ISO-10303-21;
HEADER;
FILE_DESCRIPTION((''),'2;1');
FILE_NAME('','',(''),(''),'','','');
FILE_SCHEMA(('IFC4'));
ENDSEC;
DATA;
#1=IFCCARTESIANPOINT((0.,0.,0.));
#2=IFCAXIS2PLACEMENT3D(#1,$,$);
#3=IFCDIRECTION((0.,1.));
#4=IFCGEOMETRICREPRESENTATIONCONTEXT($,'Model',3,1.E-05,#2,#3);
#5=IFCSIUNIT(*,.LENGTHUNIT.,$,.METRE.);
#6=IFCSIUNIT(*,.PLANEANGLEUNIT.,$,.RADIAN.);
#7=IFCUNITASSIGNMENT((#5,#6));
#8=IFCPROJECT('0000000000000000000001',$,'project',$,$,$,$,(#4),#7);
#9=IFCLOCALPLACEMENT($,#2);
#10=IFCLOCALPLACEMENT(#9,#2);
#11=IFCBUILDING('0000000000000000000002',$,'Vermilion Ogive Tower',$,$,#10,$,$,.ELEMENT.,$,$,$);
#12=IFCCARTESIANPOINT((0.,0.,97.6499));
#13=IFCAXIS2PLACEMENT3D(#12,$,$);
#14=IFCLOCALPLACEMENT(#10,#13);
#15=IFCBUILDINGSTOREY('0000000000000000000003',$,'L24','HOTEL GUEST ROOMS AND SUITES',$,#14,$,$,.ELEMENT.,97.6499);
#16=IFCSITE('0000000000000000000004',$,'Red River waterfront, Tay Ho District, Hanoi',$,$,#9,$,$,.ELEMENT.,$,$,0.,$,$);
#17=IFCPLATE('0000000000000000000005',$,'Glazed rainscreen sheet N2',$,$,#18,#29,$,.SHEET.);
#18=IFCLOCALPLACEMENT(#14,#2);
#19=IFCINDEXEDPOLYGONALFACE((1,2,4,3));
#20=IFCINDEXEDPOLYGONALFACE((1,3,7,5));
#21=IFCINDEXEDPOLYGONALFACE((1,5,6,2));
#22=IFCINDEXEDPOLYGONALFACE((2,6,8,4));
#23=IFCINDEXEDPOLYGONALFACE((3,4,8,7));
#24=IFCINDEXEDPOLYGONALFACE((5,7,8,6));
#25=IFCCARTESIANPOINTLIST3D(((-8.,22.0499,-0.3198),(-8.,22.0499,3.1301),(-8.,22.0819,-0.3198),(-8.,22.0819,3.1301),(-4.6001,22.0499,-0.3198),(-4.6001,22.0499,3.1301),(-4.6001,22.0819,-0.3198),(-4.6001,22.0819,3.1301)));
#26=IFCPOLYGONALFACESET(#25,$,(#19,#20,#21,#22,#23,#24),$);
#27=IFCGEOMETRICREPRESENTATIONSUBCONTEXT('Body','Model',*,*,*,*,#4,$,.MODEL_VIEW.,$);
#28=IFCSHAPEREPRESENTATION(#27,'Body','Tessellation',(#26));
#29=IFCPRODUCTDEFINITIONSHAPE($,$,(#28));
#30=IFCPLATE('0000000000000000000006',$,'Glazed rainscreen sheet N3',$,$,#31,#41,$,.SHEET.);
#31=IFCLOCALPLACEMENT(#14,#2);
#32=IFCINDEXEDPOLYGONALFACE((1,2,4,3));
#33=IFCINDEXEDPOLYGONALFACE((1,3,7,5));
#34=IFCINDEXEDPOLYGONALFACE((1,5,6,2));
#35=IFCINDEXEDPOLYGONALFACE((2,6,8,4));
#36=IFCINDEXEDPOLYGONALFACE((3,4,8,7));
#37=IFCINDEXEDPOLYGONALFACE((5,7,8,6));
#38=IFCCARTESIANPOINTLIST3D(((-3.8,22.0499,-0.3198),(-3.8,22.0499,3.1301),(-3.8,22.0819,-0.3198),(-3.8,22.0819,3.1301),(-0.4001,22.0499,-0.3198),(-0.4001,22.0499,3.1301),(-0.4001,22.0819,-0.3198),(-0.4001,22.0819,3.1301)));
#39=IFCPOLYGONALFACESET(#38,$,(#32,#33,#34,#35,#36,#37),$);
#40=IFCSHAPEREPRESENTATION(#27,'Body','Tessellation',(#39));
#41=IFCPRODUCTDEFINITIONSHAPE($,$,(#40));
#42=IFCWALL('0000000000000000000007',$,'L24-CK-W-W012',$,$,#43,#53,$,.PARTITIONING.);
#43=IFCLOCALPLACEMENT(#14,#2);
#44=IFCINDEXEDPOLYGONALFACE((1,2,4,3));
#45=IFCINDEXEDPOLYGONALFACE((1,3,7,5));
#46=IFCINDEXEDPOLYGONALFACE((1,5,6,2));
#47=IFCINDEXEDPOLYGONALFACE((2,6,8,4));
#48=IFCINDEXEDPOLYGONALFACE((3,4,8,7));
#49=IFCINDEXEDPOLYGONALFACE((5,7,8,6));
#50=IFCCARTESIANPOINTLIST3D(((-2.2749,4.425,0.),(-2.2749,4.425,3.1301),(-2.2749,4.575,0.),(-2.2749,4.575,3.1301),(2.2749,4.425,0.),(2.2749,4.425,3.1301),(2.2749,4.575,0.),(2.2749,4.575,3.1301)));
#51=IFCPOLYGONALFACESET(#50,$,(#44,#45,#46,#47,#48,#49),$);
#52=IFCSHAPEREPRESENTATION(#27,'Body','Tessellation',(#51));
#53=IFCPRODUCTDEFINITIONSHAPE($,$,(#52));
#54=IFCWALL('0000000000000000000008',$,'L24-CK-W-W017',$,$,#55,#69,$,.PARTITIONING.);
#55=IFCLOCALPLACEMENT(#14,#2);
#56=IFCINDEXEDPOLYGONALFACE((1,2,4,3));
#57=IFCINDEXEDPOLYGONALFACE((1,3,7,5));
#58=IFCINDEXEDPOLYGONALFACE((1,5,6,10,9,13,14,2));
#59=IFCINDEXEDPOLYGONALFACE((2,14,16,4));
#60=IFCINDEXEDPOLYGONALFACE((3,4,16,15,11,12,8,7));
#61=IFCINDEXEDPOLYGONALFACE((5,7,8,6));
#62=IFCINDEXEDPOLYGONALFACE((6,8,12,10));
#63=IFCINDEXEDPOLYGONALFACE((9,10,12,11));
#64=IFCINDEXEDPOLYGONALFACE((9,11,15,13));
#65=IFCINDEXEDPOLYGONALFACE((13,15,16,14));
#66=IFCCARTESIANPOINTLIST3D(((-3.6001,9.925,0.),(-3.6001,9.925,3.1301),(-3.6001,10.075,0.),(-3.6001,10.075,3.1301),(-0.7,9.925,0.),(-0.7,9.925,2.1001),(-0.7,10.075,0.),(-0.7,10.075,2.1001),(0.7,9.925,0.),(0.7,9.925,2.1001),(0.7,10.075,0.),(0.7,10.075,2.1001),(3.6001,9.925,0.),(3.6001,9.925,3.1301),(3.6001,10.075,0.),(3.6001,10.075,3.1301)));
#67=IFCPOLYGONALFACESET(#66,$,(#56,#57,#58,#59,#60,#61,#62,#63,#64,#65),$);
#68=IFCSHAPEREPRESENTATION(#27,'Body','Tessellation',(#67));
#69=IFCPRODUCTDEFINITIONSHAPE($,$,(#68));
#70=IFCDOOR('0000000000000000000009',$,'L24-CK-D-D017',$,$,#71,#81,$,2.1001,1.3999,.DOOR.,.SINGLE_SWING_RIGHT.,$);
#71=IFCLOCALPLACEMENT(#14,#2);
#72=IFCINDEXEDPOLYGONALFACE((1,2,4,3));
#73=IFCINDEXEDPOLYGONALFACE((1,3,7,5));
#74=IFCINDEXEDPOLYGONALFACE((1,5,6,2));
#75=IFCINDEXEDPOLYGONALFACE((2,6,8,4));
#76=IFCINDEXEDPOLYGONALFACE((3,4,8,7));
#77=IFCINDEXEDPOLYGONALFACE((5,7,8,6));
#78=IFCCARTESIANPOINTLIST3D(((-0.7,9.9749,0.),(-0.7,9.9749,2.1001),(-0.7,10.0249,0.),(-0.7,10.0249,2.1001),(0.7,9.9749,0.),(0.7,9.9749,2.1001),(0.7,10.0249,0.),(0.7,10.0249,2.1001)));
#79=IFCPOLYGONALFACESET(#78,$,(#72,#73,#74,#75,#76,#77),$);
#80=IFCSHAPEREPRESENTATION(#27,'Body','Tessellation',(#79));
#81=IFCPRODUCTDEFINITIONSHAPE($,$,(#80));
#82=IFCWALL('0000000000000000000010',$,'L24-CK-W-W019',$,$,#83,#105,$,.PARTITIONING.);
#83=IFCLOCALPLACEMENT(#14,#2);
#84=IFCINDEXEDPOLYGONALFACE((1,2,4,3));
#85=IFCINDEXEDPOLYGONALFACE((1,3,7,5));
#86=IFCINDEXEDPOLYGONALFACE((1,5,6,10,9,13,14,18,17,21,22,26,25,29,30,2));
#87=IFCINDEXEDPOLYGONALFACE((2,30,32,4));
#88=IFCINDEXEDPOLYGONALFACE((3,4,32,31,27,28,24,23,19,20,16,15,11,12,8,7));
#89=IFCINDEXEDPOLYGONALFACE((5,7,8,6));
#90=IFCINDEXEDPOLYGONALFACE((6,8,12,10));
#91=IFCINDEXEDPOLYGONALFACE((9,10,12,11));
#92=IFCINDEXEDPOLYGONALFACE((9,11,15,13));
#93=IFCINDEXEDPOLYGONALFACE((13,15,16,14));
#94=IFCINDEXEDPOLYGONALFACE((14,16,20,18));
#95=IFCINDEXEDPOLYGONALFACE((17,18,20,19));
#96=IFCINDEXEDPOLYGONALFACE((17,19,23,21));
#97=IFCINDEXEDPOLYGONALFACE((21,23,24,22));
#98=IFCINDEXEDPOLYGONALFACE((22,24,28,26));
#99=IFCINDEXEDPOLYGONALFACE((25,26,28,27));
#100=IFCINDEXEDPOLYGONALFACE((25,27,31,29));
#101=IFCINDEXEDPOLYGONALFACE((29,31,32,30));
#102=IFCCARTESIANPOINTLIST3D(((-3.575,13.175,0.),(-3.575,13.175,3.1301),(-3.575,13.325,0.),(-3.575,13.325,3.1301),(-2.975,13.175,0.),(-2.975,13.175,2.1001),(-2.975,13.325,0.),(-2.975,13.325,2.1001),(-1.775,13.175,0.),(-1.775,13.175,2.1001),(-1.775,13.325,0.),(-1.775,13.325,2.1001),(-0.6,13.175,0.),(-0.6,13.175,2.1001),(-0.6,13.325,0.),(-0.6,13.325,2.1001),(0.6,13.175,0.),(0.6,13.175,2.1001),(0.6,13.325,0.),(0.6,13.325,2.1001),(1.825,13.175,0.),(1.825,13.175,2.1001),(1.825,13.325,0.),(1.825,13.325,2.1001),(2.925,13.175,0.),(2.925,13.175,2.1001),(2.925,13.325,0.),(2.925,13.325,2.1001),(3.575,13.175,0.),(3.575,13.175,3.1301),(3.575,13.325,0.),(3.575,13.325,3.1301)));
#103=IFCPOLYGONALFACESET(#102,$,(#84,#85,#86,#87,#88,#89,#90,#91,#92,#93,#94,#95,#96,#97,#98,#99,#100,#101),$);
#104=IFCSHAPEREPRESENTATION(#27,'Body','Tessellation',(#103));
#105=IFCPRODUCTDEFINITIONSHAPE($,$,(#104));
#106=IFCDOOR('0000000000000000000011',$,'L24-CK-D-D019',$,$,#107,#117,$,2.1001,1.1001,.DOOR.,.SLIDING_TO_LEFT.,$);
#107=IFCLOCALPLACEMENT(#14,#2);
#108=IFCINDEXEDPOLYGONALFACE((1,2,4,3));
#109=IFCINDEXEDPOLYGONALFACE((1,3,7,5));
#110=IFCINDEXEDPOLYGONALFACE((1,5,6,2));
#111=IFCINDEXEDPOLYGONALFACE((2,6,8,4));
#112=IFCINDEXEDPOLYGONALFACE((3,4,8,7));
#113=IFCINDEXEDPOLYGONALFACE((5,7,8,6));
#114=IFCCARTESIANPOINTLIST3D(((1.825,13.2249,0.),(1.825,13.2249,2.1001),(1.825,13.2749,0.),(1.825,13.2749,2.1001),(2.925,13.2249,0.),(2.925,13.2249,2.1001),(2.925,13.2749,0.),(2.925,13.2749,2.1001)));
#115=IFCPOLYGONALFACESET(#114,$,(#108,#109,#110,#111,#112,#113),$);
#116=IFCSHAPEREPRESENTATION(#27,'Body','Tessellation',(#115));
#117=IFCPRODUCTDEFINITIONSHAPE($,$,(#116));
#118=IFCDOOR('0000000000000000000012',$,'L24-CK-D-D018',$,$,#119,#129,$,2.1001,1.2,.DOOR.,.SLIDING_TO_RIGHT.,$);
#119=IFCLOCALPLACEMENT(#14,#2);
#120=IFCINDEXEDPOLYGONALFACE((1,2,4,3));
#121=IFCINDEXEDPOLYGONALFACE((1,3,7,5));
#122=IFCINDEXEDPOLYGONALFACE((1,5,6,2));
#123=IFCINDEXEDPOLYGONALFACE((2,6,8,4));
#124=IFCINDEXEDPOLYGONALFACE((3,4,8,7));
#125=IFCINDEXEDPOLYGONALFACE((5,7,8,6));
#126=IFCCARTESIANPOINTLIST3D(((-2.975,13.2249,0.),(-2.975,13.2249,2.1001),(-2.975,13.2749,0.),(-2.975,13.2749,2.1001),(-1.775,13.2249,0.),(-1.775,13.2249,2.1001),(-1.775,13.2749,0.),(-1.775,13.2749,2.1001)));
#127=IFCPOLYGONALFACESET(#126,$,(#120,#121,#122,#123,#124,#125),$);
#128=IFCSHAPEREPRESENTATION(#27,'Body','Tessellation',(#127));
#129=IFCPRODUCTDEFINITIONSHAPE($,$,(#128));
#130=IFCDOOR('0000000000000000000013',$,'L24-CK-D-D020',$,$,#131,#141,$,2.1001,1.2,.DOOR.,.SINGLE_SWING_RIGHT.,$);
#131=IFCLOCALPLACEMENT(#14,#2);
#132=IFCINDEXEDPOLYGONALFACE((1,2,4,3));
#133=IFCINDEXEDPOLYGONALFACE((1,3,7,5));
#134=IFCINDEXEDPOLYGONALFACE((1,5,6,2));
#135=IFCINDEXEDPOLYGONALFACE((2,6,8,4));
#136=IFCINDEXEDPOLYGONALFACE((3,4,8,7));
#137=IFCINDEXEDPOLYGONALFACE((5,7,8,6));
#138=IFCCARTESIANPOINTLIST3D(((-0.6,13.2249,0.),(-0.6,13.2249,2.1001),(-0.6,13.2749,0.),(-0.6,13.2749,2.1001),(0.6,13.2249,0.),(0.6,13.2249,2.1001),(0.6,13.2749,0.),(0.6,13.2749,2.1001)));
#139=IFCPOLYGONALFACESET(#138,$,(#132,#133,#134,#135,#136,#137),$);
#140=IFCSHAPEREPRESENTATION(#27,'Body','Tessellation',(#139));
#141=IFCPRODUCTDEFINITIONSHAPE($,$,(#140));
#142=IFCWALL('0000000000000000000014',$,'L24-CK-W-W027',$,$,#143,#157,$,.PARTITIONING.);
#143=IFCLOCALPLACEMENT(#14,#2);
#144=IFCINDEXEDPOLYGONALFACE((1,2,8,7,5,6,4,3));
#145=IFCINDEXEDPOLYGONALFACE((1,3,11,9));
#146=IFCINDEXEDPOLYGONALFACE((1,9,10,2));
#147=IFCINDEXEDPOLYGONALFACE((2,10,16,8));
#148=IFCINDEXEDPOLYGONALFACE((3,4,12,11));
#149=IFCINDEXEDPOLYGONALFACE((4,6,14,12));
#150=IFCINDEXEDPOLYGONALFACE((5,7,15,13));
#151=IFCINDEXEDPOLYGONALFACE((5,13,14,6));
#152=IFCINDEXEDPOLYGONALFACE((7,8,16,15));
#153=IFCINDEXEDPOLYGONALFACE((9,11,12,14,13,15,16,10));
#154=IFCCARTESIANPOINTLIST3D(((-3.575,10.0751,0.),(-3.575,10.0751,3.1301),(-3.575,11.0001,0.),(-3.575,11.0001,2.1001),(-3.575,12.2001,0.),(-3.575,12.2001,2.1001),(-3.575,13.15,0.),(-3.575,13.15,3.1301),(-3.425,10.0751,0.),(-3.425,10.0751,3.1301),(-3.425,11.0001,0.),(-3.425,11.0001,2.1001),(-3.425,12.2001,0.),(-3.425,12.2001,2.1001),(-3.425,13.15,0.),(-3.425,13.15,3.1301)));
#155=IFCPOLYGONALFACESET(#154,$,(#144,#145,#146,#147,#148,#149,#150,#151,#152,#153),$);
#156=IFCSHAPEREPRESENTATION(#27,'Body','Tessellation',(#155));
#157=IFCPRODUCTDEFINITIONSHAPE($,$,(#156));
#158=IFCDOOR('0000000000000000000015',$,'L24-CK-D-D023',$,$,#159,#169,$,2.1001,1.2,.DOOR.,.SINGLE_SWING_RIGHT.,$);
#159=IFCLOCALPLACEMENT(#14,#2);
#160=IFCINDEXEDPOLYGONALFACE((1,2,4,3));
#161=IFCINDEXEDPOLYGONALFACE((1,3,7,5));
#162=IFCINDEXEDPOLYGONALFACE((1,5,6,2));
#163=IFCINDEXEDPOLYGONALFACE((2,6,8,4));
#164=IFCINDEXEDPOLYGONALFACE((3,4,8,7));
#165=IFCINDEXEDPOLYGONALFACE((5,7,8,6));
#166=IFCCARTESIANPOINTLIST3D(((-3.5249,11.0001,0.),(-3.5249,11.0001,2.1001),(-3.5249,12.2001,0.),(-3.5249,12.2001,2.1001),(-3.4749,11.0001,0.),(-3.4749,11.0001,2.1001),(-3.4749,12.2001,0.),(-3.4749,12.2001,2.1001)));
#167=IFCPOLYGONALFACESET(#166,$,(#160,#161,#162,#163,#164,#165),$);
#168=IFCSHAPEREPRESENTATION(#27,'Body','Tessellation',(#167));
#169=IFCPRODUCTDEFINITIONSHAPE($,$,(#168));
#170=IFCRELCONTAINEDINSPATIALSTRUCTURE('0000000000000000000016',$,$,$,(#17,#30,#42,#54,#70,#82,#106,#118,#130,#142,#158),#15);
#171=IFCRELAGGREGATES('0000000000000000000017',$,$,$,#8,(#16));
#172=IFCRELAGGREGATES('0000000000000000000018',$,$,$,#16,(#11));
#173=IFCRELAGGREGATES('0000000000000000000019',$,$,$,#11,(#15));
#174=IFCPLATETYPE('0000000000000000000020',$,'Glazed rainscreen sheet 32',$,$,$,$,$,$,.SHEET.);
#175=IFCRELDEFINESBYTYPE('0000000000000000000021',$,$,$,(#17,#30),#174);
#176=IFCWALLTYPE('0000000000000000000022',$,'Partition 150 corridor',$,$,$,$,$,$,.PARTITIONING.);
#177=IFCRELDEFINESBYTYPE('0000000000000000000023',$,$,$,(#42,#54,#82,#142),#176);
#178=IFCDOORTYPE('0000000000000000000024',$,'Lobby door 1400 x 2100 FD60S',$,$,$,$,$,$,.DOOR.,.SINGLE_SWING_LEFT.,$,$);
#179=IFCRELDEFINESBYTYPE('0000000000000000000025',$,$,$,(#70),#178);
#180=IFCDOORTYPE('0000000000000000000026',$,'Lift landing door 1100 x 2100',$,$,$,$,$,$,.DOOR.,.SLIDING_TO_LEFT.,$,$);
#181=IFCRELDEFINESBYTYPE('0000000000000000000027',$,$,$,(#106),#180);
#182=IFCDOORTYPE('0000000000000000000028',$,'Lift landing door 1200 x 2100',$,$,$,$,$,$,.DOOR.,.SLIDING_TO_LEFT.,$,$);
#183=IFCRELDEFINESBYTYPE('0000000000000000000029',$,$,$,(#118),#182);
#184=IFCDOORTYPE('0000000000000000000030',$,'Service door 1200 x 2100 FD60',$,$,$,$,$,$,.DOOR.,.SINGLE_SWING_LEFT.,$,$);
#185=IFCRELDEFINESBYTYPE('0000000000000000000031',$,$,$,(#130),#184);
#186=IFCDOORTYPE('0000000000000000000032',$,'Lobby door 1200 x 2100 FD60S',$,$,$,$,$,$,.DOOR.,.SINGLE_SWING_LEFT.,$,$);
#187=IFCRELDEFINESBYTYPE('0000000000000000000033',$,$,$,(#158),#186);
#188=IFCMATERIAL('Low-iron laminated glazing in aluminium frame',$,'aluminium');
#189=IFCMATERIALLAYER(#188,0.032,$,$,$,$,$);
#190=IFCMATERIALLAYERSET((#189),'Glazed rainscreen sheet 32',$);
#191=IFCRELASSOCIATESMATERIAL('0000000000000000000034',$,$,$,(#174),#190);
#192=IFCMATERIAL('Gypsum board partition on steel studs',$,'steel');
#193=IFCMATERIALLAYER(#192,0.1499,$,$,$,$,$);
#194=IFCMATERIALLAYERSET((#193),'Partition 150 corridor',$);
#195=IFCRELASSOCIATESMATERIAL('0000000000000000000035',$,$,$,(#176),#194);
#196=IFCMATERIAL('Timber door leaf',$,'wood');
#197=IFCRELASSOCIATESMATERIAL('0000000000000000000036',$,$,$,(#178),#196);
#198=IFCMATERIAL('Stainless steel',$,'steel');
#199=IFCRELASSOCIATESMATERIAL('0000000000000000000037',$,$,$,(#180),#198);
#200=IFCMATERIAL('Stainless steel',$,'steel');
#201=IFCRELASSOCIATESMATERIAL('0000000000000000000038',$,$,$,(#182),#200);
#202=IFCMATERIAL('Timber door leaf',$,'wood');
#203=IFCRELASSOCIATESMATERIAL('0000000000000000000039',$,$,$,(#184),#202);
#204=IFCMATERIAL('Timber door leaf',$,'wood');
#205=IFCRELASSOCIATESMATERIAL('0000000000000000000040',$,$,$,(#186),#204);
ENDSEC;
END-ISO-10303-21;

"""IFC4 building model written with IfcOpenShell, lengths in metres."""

from ifc_helpers import new_model, si_unit, direction, frame, frame_2d, origin, origin_2d, place, context, subcontext, project, spatial, rectangle, extrude, material, layer, layer_set, type_object, element, fill, save


model = new_model("IFC4")

# Units and contexts
model_context = context("Model", 3, precision=1e-05, world=origin(), true_north=direction((0.0, 1.0)))
body_context = subcontext(model_context, "Body", "Model", "MODEL_VIEW")
ifc_project = project(units=[si_unit("LENGTHUNIT", "METRE"), si_unit("PLANEANGLEUNIT", "RADIAN")], contexts=[model_context])

# Site, building, storey
site_placement = place(None, origin())
site = spatial("IfcSite", under=ifc_project, at=site_placement, Name="Red River waterfront, Tay Ho District, Hanoi", CompositionType="ELEMENT", RefElevation=0.0)
building_placement = place(site_placement, origin())
building = spatial("IfcBuilding", under=site, at=building_placement, Name="Vermilion Ogive Tower", CompositionType="ELEMENT")
storey_placement = place(building_placement, frame((0.0, 0.0, 97.6499)))
storey = spatial("IfcBuildingStorey", under=building, at=storey_placement, Name="L24", Description="HOTEL GUEST ROOMS AND SUITES", CompositionType="ELEMENT", Elevation=97.6499)

# Plates
ifc_material_1 = material(Name="Low-iron laminated glazing in aluminium frame", Category="aluminium")
ifc_layer_1 = layer(ifc_material_1, 0.032)
ifc_layer_set_1 = layer_set([ifc_layer_1], Name="Glazed rainscreen sheet 32")
plate_type = type_object("IfcPlateType", Name="Glazed rainscreen sheet 32", PredefinedType="SHEET", material=ifc_layer_set_1)
for number, where, z_axis, x_axis, name in (
    (1, (-6.3, 22.0659, -0.3198), (0.0, 0.0, 1.0), (1.0, 0.0, 0.0), "Glazed rainscreen sheet N2"),
    (2, (-2.1001, 22.0659, -0.3198), (0.0, 0.0, 1.0), (1.0, 0.0, 0.0), "Glazed rainscreen sheet N3"),
):
    element("IfcPlate", number, at=place(storey_placement, frame(where, z_axis=z_axis, x_axis=x_axis)), inside=storey, type_object=plate_type, Name=name, PredefinedType="SHEET", context=body_context, shape_type="SweptSolid", body=[
        extrude(rectangle(XDim=3.3999, YDim=0.032, at=origin_2d()), origin(), (0.0, 0.0, 1.0), 3.45),
    ])

# Wall
ifc_material_2 = material(Name="Gypsum board partition on steel studs", Category="steel")
ifc_layer_2 = layer(ifc_material_2, 0.1499)
ifc_layer_set_2 = layer_set([ifc_layer_2], Name="Partition 150 corridor")
wall_type_1 = type_object("IfcWallType", Name="Partition 150 corridor", PredefinedType="PARTITIONING", material=ifc_layer_set_2)
wall_1_placement = place(storey_placement, frame((-2.2749, 4.5, 0.0), z_axis=(0.0, 0.0, 1.0), x_axis=(1.0, 0.0, 0.0)))
element("IfcWall", 3, at=wall_1_placement, inside=storey, type_object=wall_type_1, Name="L24-CK-W-W012", PredefinedType="PARTITIONING", context=body_context, shape_type="SweptSolid", body=[
    extrude(rectangle(XDim=4.5498, YDim=0.1499, at=frame_2d((2.2749, 0.0))), origin(), (0.0, 0.0, 1.0), 3.1301),
])

# Wall, opening, door
wall_2_placement = place(storey_placement, frame((-3.6001, 10.0, 0.0), z_axis=(0.0, 0.0, 1.0), x_axis=(1.0, 0.0, 0.0)))
wall_2 = element("IfcWall", 4, at=wall_2_placement, inside=storey, type_object=wall_type_1, Name="L24-CK-W-W017", PredefinedType="PARTITIONING", context=body_context, shape_type="SweptSolid", body=[
    extrude(rectangle(XDim=7.2002, YDim=0.1499, at=frame_2d((3.6001, 0.0))), origin(), (0.0, 0.0, 1.0), 3.1301),
])
opening_1_placement = place(wall_2_placement, frame((2.9001, 0.0, 0.0)))
opening_1 = element("IfcOpeningElement", 5, at=opening_1_placement, cuts=wall_2, PredefinedType="OPENING", context=body_context, shape_type="SweptSolid", body=[
    extrude(rectangle(XDim=1.3999, YDim=2.1001, at=frame_2d((0.7, 1.05))), frame((0.0, 0.085, 0.0), z_axis=(0.0, -1.0, 0.0), x_axis=(1.0, 0.0, 0.0)), (0.0, 0.0, 1.0), 0.1699),
])
ifc_material_3 = material(Name="Timber door leaf", Category="wood")
door_type_1 = type_object("IfcDoorType", Name="Lobby door 1400 x 2100 FD60S", OperationType="SINGLE_SWING_LEFT", PredefinedType="DOOR", material=ifc_material_3)
door_1_placement = place(opening_1_placement, origin())
door_1 = element("IfcDoor", 6, at=door_1_placement, inside=storey, type_object=door_type_1, Name="L24-CK-D-D017", OperationType="SINGLE_SWING_RIGHT", OverallHeight=2.1001, OverallWidth=1.3999, PredefinedType="DOOR", context=body_context, shape_type="SweptSolid", body=[
    extrude(rectangle(XDim=1.3999, YDim=2.1001, at=frame_2d((0.7, 1.05))), frame((0.0, 0.0249, 0.0), z_axis=(0.0, -1.0, 0.0), x_axis=(1.0, 0.0, 0.0)), (0.0, 0.0, 1.0), 0.05),
])
fill(opening_1, door_1)

# Wall, openings, doors
wall_3_placement = place(storey_placement, frame((-3.575, 13.25, 0.0), z_axis=(0.0, 0.0, 1.0), x_axis=(1.0, 0.0, 0.0)))
wall_3 = element("IfcWall", 7, at=wall_3_placement, inside=storey, type_object=wall_type_1, Name="L24-CK-W-W019", PredefinedType="PARTITIONING", context=body_context, shape_type="SweptSolid", body=[
    extrude(rectangle(XDim=7.1499, YDim=0.1499, at=frame_2d((3.575, 0.0))), origin(), (0.0, 0.0, 1.0), 3.1301),
])
opening_2_placement = place(wall_3_placement, frame((0.5999, 0.0, 0.0)))
opening_2 = element("IfcOpeningElement", 8, at=opening_2_placement, cuts=wall_3, PredefinedType="OPENING", context=body_context, shape_type="SweptSolid", body=[
    extrude(rectangle(XDim=1.2, YDim=2.1001, at=frame_2d((0.6001, 1.05))), frame((0.0, 0.085, 0.0), z_axis=(0.0, -1.0, 0.0), x_axis=(1.0, 0.0, 0.0)), (0.0, 0.0, 1.0), 0.1699),
])
opening_3_placement = place(wall_3_placement, frame((5.3999, 0.0, 0.0)))
opening_3 = element("IfcOpeningElement", 9, at=opening_3_placement, cuts=wall_3, PredefinedType="OPENING", context=body_context, shape_type="SweptSolid", body=[
    extrude(rectangle(XDim=1.1001, YDim=2.1001, at=frame_2d((0.55, 1.05))), frame((0.0, 0.085, 0.0), z_axis=(0.0, -1.0, 0.0), x_axis=(1.0, 0.0, 0.0)), (0.0, 0.0, 1.0), 0.1699),
])
opening_4_placement = place(wall_3_placement, frame((2.9749, 0.0, 0.0)))
opening_4 = element("IfcOpeningElement", 10, at=opening_4_placement, cuts=wall_3, PredefinedType="OPENING", context=body_context, shape_type="SweptSolid", body=[
    extrude(rectangle(XDim=1.2, YDim=2.1001, at=frame_2d((0.6001, 1.05))), frame((0.0, 0.085, 0.0), z_axis=(0.0, -1.0, 0.0), x_axis=(1.0, 0.0, 0.0)), (0.0, 0.0, 1.0), 0.1699),
])
ifc_material_4 = material(Name="Stainless steel", Category="steel")
door_type_2 = type_object("IfcDoorType", Name="Lift landing door 1100 x 2100", OperationType="SLIDING_TO_LEFT", PredefinedType="DOOR", material=ifc_material_4)
door_2_placement = place(opening_3_placement, origin())
door_2 = element("IfcDoor", 11, at=door_2_placement, inside=storey, type_object=door_type_2, Name="L24-CK-D-D019", OperationType="SLIDING_TO_LEFT", OverallHeight=2.1001, OverallWidth=1.1001, PredefinedType="DOOR", context=body_context, shape_type="SweptSolid", body=[
    extrude(rectangle(XDim=1.1001, YDim=2.1001, at=frame_2d((0.55, 1.05))), frame((0.0, 0.0249, 0.0), z_axis=(0.0, -1.0, 0.0), x_axis=(1.0, 0.0, 0.0)), (0.0, 0.0, 1.0), 0.05),
])
fill(opening_3, door_2)
ifc_material_5 = material(Name="Stainless steel", Category="steel")
door_type_3 = type_object("IfcDoorType", Name="Lift landing door 1200 x 2100", OperationType="SLIDING_TO_LEFT", PredefinedType="DOOR", material=ifc_material_5)
door_3_placement = place(opening_2_placement, origin())
door_3 = element("IfcDoor", 12, at=door_3_placement, inside=storey, type_object=door_type_3, Name="L24-CK-D-D018", OperationType="SLIDING_TO_RIGHT", OverallHeight=2.1001, OverallWidth=1.2, PredefinedType="DOOR", context=body_context, shape_type="SweptSolid", body=[
    extrude(rectangle(XDim=1.2, YDim=2.1001, at=frame_2d((0.6001, 1.05))), frame((0.0, 0.0249, 0.0), z_axis=(0.0, -1.0, 0.0), x_axis=(1.0, 0.0, 0.0)), (0.0, 0.0, 1.0), 0.05),
])
fill(opening_2, door_3)
ifc_material_6 = material(Name="Timber door leaf", Category="wood")
door_type_4 = type_object("IfcDoorType", Name="Service door 1200 x 2100 FD60", OperationType="SINGLE_SWING_LEFT", PredefinedType="DOOR", material=ifc_material_6)
door_4_placement = place(opening_4_placement, origin())
door_4 = element("IfcDoor", 13, at=door_4_placement, inside=storey, type_object=door_type_4, Name="L24-CK-D-D020", OperationType="SINGLE_SWING_RIGHT", OverallHeight=2.1001, OverallWidth=1.2, PredefinedType="DOOR", context=body_context, shape_type="SweptSolid", body=[
    extrude(rectangle(XDim=1.2, YDim=2.1001, at=frame_2d((0.6001, 1.05))), frame((0.0, 0.0249, 0.0), z_axis=(0.0, -1.0, 0.0), x_axis=(1.0, 0.0, 0.0)), (0.0, 0.0, 1.0), 0.05),
])
fill(opening_4, door_4)

# Wall, opening, door
wall_4_placement = place(storey_placement, frame((-3.5, 10.075, 0.0), z_axis=(0.0, 0.0, 1.0), x_axis=(0.0, 1.0, 0.0)))
wall_4 = element("IfcWall", 14, at=wall_4_placement, inside=storey, type_object=wall_type_1, Name="L24-CK-W-W027", PredefinedType="PARTITIONING", context=body_context, shape_type="SweptSolid", body=[
    extrude(rectangle(XDim=3.075, YDim=0.1499, at=frame_2d((1.5376, 0.0))), origin(), (0.0, 0.0, 1.0), 3.1301),
])
opening_5_placement = place(wall_4_placement, frame((0.925, 0.0, 0.0)))
opening_5 = element("IfcOpeningElement", 15, at=opening_5_placement, cuts=wall_4, PredefinedType="OPENING", context=body_context, shape_type="SweptSolid", body=[
    extrude(rectangle(XDim=1.2, YDim=2.1001, at=frame_2d((0.6001, 1.05))), frame((0.0, 0.085, 0.0), z_axis=(0.0, -1.0, 0.0), x_axis=(1.0, 0.0, 0.0)), (0.0, 0.0, 1.0), 0.1699),
])
ifc_material_7 = material(Name="Timber door leaf", Category="wood")
door_type_5 = type_object("IfcDoorType", Name="Lobby door 1200 x 2100 FD60S", OperationType="SINGLE_SWING_LEFT", PredefinedType="DOOR", material=ifc_material_7)
door_5_placement = place(opening_5_placement, origin())
door_5 = element("IfcDoor", 16, at=door_5_placement, inside=storey, type_object=door_type_5, Name="L24-CK-D-D023", OperationType="SINGLE_SWING_RIGHT", OverallHeight=2.1001, OverallWidth=1.2, PredefinedType="DOOR", context=body_context, shape_type="SweptSolid", body=[
    extrude(rectangle(XDim=1.2, YDim=2.1001, at=frame_2d((0.6001, 1.05))), frame((0.0, 0.0249, 0.0), z_axis=(0.0, -1.0, 0.0), x_axis=(1.0, 0.0, 0.0)), (0.0, 0.0, 1.0), 0.05),
])
fill(opening_5, door_5)

save(model, "model.ifc")
